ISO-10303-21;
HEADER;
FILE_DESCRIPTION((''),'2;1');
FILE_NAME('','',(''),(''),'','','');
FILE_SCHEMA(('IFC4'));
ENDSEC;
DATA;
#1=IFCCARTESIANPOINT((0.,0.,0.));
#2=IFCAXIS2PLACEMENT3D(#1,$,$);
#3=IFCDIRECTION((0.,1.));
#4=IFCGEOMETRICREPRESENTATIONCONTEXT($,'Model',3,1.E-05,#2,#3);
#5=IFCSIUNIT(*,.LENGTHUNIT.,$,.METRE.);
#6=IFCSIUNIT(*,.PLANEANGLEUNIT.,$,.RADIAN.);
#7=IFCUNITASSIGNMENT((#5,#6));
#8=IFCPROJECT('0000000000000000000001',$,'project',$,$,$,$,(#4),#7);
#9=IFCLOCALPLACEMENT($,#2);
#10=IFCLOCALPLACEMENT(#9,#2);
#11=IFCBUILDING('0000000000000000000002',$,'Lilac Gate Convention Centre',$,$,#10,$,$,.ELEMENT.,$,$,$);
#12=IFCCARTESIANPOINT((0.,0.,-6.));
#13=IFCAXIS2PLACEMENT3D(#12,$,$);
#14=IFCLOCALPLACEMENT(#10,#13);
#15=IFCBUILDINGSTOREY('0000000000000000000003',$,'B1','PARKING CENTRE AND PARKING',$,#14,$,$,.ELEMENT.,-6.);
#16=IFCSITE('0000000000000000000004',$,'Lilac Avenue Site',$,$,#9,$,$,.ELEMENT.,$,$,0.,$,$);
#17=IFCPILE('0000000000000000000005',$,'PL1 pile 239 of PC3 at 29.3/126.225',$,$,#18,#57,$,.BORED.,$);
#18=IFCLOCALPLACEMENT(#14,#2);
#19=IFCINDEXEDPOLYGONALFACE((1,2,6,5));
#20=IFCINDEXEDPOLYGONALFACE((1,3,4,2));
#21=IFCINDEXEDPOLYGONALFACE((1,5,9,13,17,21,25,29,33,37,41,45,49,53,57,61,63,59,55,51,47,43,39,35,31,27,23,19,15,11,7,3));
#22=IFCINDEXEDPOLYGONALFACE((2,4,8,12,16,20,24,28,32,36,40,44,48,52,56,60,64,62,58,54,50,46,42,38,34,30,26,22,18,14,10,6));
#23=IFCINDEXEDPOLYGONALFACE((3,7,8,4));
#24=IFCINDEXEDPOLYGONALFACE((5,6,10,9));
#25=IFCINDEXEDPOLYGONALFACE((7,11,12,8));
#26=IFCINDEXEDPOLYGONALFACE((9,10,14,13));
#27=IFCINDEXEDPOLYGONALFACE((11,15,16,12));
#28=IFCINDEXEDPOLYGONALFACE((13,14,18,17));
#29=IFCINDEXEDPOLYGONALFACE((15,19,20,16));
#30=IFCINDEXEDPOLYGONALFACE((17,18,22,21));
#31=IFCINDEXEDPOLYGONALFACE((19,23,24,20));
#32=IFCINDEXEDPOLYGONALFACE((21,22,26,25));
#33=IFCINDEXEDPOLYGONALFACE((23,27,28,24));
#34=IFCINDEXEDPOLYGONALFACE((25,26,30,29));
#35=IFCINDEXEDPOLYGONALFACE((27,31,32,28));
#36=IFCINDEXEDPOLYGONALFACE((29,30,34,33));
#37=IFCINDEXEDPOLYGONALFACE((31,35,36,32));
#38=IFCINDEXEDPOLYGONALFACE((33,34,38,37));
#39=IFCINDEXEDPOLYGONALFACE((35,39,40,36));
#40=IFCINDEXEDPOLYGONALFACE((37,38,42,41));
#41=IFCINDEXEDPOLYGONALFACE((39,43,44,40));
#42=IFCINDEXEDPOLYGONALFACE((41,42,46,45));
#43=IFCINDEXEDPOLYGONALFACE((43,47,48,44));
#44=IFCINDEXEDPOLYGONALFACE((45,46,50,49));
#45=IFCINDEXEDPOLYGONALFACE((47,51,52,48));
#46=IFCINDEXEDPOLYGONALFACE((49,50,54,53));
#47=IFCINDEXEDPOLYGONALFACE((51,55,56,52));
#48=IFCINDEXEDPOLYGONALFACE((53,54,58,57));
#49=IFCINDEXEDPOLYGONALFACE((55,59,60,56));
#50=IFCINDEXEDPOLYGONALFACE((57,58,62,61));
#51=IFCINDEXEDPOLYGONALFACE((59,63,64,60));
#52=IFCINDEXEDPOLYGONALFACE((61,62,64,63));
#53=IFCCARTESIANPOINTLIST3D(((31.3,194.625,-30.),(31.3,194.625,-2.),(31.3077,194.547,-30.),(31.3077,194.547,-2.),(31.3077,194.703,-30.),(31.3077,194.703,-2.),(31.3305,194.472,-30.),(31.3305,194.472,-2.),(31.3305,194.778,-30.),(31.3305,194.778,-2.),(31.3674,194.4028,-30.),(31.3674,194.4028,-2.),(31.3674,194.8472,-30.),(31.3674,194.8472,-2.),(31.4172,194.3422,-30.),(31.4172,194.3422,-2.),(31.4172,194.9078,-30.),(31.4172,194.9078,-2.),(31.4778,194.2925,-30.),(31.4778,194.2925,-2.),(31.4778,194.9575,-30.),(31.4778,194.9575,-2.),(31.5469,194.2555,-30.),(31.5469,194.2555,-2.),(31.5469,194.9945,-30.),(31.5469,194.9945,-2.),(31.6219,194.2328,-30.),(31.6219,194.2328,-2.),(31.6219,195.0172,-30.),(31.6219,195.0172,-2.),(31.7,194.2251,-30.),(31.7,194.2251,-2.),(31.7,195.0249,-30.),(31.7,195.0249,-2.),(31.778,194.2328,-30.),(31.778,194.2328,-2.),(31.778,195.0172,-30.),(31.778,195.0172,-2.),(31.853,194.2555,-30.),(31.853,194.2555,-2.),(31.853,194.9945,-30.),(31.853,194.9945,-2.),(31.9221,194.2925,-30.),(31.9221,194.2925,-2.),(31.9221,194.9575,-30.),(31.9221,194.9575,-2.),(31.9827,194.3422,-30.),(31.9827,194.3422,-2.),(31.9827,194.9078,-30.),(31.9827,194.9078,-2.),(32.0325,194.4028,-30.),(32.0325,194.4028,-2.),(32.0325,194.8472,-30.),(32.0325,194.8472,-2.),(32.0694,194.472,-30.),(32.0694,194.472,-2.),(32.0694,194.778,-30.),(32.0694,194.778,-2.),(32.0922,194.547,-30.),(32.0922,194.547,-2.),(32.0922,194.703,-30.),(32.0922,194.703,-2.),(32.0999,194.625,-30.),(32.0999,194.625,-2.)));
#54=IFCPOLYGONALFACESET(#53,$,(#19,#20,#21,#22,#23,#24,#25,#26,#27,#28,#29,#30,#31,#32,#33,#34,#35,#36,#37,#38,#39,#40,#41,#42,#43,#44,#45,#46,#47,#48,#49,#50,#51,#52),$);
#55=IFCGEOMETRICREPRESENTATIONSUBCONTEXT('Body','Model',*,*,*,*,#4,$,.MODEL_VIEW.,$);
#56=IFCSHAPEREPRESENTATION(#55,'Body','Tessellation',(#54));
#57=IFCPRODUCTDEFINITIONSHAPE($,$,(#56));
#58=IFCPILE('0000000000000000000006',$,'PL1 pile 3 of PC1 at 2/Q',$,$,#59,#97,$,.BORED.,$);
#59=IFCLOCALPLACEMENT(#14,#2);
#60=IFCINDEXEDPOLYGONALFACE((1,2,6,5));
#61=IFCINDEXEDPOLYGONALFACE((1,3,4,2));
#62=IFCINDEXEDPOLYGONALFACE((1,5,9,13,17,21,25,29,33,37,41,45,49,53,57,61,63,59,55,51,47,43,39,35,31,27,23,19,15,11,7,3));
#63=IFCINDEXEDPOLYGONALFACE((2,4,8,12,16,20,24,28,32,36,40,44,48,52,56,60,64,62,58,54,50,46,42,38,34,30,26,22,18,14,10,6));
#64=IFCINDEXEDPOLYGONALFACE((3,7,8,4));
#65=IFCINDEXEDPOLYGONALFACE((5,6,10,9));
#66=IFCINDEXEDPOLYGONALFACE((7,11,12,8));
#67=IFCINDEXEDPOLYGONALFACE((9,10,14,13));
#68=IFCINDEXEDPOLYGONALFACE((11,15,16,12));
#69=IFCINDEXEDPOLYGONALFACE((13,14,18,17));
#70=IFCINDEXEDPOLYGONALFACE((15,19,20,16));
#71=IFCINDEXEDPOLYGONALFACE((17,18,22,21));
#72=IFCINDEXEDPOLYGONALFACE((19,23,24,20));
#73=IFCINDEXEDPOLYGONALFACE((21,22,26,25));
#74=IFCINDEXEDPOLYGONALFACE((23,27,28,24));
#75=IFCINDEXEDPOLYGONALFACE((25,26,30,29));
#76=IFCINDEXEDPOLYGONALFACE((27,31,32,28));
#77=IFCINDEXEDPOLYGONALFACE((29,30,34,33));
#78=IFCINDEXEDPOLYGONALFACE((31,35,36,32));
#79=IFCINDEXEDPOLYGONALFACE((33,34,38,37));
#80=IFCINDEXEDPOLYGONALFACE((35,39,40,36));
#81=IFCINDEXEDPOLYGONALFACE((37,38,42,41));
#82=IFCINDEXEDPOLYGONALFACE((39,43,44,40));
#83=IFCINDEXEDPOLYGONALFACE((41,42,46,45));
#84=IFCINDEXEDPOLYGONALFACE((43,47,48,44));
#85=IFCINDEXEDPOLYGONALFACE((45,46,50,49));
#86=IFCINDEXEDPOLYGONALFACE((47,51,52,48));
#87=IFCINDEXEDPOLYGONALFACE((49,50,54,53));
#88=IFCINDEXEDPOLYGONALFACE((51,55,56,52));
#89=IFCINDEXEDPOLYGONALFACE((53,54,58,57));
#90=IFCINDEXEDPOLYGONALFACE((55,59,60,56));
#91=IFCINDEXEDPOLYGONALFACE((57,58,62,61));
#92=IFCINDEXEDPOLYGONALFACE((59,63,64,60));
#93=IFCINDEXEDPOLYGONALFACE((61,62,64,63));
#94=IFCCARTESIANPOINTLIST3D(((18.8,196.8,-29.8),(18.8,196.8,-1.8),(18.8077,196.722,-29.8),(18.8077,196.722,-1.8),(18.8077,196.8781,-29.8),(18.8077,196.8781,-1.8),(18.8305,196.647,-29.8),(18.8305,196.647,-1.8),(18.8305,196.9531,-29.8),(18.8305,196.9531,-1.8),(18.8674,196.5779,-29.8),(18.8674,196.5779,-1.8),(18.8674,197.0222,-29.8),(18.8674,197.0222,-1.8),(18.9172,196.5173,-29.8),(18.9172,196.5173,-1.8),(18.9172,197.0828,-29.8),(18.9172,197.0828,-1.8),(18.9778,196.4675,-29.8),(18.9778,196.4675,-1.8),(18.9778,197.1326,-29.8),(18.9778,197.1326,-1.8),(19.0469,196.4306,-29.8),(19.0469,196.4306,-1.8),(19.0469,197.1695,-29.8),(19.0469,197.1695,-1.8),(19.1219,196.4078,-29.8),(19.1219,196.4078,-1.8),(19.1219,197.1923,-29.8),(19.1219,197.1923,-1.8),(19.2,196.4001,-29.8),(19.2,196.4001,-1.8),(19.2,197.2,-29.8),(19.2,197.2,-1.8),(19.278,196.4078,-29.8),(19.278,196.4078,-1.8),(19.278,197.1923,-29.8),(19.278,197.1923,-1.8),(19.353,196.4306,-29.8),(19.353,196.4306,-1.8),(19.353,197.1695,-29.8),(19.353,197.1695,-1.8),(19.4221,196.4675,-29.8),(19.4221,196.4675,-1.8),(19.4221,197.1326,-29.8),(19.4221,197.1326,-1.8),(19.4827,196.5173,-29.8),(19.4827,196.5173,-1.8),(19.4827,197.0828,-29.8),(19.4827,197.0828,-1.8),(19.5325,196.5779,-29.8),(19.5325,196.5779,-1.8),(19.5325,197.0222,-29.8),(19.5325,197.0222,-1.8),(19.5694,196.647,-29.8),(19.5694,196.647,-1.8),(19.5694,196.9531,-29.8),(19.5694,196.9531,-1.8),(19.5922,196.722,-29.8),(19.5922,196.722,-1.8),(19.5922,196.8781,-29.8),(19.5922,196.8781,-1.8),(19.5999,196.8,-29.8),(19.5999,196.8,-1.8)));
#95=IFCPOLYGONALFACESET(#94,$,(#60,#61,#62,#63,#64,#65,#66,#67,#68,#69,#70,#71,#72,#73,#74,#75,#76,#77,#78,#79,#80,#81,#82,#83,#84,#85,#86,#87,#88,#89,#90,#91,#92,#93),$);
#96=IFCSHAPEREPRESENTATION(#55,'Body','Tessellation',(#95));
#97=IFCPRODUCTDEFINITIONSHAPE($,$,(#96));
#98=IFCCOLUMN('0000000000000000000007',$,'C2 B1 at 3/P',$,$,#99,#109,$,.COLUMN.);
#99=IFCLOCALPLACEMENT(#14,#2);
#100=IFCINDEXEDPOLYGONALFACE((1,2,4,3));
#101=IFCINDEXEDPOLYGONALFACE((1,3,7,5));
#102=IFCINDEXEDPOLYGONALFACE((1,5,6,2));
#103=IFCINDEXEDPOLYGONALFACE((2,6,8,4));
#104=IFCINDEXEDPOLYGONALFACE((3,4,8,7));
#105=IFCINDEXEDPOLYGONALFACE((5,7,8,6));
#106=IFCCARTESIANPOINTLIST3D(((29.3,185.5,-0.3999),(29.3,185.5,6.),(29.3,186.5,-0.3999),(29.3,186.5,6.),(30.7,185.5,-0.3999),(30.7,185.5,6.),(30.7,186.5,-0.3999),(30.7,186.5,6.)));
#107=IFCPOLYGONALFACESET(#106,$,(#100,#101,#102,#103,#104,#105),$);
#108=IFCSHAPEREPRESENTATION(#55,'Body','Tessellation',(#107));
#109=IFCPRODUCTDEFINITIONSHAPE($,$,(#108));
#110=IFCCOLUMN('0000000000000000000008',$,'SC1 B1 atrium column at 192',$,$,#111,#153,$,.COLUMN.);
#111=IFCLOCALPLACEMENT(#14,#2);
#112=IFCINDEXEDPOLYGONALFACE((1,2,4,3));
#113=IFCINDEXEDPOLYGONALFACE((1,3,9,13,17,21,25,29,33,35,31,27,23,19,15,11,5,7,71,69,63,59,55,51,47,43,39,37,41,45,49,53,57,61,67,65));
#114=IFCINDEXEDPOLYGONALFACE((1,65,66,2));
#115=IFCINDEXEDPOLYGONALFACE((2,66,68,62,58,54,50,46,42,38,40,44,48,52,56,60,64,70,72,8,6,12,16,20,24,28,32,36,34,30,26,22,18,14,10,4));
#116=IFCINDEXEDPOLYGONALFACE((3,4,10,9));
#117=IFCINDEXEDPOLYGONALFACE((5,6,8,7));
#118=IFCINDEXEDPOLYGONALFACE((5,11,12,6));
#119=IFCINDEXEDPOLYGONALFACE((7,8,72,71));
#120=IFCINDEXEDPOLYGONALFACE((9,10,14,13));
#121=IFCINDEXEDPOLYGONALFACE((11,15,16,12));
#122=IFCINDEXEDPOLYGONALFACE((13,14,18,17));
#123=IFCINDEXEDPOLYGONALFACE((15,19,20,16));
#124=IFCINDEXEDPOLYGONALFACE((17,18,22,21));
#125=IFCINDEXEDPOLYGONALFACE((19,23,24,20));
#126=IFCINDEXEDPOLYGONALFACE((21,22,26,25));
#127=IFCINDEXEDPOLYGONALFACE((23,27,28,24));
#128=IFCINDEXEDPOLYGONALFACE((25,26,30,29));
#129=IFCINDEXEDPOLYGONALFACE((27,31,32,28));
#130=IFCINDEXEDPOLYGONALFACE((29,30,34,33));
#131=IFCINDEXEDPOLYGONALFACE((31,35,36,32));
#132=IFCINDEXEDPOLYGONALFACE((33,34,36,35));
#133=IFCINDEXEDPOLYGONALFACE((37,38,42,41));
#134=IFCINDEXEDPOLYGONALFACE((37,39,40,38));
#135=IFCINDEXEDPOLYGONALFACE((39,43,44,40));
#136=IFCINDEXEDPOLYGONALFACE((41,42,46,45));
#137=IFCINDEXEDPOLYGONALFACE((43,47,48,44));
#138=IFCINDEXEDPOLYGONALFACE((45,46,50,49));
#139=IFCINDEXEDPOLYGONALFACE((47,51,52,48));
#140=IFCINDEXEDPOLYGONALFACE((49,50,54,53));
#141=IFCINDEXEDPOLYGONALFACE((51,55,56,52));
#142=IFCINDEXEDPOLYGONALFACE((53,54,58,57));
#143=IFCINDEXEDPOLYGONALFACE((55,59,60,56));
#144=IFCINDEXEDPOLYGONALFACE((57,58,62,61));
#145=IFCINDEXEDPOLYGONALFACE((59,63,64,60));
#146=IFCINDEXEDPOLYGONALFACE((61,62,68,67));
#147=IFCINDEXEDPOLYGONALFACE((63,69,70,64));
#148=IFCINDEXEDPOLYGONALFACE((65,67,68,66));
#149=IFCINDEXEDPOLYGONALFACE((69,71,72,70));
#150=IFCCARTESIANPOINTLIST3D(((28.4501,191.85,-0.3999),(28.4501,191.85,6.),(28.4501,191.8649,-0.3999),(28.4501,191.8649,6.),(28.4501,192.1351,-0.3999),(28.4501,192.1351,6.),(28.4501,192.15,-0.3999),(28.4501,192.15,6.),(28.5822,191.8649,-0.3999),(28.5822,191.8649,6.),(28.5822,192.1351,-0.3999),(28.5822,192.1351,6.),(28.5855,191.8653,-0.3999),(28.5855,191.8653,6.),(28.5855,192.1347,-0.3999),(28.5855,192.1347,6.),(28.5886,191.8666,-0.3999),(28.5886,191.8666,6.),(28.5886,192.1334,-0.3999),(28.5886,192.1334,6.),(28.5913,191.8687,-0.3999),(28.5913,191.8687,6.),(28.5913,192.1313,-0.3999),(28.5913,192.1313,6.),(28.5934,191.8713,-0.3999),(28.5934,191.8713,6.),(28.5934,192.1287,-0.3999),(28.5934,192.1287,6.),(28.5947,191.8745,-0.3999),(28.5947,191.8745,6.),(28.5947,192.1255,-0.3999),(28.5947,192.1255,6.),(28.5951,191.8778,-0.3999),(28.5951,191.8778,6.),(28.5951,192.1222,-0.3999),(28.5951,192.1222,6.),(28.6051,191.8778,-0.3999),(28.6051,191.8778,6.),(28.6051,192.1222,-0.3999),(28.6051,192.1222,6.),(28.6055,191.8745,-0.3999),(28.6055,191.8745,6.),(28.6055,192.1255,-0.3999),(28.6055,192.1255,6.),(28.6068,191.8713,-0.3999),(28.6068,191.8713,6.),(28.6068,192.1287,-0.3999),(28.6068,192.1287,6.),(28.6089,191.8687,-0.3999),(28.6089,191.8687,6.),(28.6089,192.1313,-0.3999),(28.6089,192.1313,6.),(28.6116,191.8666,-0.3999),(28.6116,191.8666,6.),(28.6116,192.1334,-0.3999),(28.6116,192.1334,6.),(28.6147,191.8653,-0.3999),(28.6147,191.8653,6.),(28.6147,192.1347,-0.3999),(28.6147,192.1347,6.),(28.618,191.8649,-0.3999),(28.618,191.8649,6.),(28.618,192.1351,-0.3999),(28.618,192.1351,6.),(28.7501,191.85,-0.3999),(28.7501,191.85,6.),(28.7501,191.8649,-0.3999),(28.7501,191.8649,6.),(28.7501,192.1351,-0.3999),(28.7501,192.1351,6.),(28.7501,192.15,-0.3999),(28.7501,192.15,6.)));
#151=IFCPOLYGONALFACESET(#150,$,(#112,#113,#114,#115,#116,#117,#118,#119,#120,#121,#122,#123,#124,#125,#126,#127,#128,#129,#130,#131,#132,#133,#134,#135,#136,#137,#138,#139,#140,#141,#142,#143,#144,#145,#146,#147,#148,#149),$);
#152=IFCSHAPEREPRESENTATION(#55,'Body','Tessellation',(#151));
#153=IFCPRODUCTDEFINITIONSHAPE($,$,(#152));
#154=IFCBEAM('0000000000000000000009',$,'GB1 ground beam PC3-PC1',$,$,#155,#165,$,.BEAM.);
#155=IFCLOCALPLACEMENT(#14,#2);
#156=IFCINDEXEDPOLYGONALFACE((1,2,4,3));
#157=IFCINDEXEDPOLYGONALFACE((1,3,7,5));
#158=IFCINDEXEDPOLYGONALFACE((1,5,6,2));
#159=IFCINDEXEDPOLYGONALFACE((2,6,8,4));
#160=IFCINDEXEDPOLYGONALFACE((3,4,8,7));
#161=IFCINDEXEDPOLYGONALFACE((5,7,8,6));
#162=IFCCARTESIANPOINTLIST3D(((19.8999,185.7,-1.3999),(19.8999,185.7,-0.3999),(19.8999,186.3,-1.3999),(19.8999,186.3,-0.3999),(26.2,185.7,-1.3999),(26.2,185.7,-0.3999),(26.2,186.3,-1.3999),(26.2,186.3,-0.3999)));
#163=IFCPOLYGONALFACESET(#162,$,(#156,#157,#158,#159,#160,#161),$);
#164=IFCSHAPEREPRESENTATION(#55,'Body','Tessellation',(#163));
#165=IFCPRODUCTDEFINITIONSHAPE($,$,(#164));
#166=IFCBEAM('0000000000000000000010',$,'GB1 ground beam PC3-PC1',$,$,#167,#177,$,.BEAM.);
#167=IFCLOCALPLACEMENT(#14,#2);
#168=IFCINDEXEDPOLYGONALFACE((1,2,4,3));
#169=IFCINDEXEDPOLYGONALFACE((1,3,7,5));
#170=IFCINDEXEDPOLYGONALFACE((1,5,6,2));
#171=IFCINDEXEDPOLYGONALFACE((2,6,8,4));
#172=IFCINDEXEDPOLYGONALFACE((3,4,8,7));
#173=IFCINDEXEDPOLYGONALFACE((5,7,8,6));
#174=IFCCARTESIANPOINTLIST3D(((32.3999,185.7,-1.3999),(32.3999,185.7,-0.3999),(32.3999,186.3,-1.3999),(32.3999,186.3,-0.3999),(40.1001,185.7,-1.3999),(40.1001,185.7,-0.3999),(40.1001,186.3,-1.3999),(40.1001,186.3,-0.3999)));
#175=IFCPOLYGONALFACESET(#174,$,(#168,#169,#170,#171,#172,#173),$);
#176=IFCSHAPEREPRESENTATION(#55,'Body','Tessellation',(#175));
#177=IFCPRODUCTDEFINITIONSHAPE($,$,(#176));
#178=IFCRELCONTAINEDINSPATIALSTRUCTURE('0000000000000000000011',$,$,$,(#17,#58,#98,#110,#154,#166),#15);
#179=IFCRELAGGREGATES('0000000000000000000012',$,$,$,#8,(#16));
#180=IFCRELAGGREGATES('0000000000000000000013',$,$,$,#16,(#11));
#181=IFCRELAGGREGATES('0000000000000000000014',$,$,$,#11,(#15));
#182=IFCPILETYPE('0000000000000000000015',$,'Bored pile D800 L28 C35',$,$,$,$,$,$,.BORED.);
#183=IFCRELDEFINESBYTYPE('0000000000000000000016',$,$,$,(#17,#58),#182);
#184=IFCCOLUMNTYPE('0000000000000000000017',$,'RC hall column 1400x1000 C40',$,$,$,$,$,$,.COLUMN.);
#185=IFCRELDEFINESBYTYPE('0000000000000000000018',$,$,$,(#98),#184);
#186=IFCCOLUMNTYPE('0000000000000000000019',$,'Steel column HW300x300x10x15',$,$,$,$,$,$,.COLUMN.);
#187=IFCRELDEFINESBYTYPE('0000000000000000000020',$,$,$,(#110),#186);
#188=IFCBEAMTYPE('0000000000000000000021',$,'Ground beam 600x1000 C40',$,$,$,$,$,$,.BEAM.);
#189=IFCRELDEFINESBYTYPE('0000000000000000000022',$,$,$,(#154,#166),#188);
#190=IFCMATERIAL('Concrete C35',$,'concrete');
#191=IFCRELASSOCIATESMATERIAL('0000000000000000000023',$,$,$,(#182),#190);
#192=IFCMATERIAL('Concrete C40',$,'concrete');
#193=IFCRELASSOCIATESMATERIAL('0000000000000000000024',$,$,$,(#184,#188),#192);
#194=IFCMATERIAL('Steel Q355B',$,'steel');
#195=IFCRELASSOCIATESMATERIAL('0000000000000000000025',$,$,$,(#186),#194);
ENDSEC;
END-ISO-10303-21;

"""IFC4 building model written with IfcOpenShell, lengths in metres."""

from ifc_helpers import new_model, si_unit, direction, frame, origin, origin_2d, place, context, subcontext, project, spatial, rectangle, circle, i_section, extrude, material, material_profile, profile_set, type_object, element, save


model = new_model("IFC4")

# Units and contexts
model_context = context("Model", 3, precision=1e-05, world=origin(), true_north=direction((0.0, 1.0)))
body_context = subcontext(model_context, "Body", "Model", "MODEL_VIEW")
ifc_project = project(units=[si_unit("LENGTHUNIT", "METRE"), si_unit("PLANEANGLEUNIT", "RADIAN")], contexts=[model_context])

# Site, building, storey
site_placement = place(None, origin())
site = spatial("IfcSite", under=ifc_project, at=site_placement, Name="Lilac Avenue Site", CompositionType="ELEMENT", RefElevation=0.0)
building_placement = place(site_placement, origin())
building = spatial("IfcBuilding", under=site, at=building_placement, Name="Lilac Gate Convention Centre", CompositionType="ELEMENT")
storey_placement = place(building_placement, frame((0.0, 0.0, -6.0)))
storey = spatial("IfcBuildingStorey", under=building, at=storey_placement, Name="B1", Description="PARKING CENTRE AND PARKING", CompositionType="ELEMENT", Elevation=-6.0)

# Piles
ifc_material_1 = material(Name="Concrete C35", Category="concrete")
ifc_material_profile_1 = material_profile(ifc_material_1, circle(Radius=0.3999, at=origin_2d()), Name="D800")
ifc_profile_set_1 = profile_set([ifc_material_profile_1], Name="Concrete C35")
pile_type = type_object("IfcPileType", Name="Bored pile D800 L28 C35", PredefinedType="BORED", material=ifc_profile_set_1)
for number, where, z_axis, x_axis, name in (
    (1, (31.7, 194.625, -2.0), (0.0, 0.0, -1.0), (1.0, 0.0, 0.0), "PL1 pile 239 of PC3 at 29.3/126.225"),
    (2, (19.2, 196.8, -1.8), (0.0, 0.0, -1.0), (1.0, 0.0, 0.0), "PL1 pile 3 of PC1 at 2/Q"),
):
    element("IfcPile", number, at=place(storey_placement, frame(where, z_axis=z_axis, x_axis=x_axis)), inside=storey, type_object=pile_type, Name=name, PredefinedType="BORED", context=body_context, shape_type="SweptSolid", body=[
        extrude(circle(Radius=0.3999, at=origin_2d()), origin(), (0.0, 0.0, 1.0), 28.0),
    ])

# Columns
ifc_material_2 = material(Name="Concrete C40", Category="concrete")
ifc_material_profile_2 = material_profile(ifc_material_2, rectangle(XDim=1.3999, YDim=1.0, at=origin_2d()), Name="RC 1400x1000")
ifc_profile_set_2 = profile_set([ifc_material_profile_2], Name="Concrete C40")
column_type_1 = type_object("IfcColumnType", Name="RC hall column 1400x1000 C40", PredefinedType="COLUMN", material=ifc_profile_set_2)
column_1_placement = place(storey_placement, frame((30.0, 186.0, -0.3999), z_axis=(0.0, 0.0, 1.0), x_axis=(1.0, 0.0, 0.0)))
element("IfcColumn", 3, at=column_1_placement, inside=storey, type_object=column_type_1, Name="C2 B1 at 3/P", PredefinedType="COLUMN", context=body_context, shape_type="SweptSolid", body=[
    extrude(rectangle(XDim=1.3999, YDim=1.0, at=origin_2d()), origin(), (0.0, 0.0, 1.0), 6.3999),
])
ifc_material_3 = material(Name="Steel Q355B", Category="steel")
ifc_material_profile_3 = material_profile(ifc_material_3, i_section(OverallWidth=0.3, OverallDepth=0.3, WebThickness=0.01, FlangeThickness=0.0149, FilletRadius=0.0129, at=origin_2d()), Name="HW300x300x10x15")
ifc_profile_set_3 = profile_set([ifc_material_profile_3], Name="Steel Q355B")
column_type_2 = type_object("IfcColumnType", Name="Steel column HW300x300x10x15", PredefinedType="COLUMN", material=ifc_profile_set_3)
column_2_placement = place(storey_placement, frame((28.6001, 192.0, -0.3999), z_axis=(0.0, 0.0, 1.0), x_axis=(1.0, 0.0, 0.0)))
element("IfcColumn", 4, at=column_2_placement, inside=storey, type_object=column_type_2, Name="SC1 B1 atrium column at 192", PredefinedType="COLUMN", context=body_context, shape_type="SweptSolid", body=[
    extrude(i_section(OverallWidth=0.3, OverallDepth=0.3, WebThickness=0.01, FlangeThickness=0.0149, FilletRadius=0.0129, at=origin_2d()), origin(), (0.0, 0.0, 1.0), 6.3999),
])

# Beams
ifc_material_profile_4 = material_profile(ifc_material_2, rectangle(XDim=0.6001, YDim=1.0, at=origin_2d()), Name="RC 600x1000")
ifc_profile_set_4 = profile_set([ifc_material_profile_4], Name="Concrete C40")
beam_type = type_object("IfcBeamType", Name="Ground beam 600x1000 C40", PredefinedType="BEAM", material=ifc_profile_set_4)
beam_1_placement = place(storey_placement, frame((19.8999, 186.0, -0.8999), z_axis=(1.0, 0.0, 0.0), x_axis=(0.0, 1.0, 0.0)))
element("IfcBeam", 5, at=beam_1_placement, inside=storey, type_object=beam_type, Name="GB1 ground beam PC3-PC1", PredefinedType="BEAM", context=body_context, shape_type="SweptSolid", body=[
    extrude(rectangle(XDim=0.6001, YDim=1.0, at=origin_2d()), origin(), (0.0, 0.0, 1.0), 6.3),
])
beam_2_placement = place(storey_placement, frame((32.3999, 186.0, -0.8999), z_axis=(1.0, 0.0, 0.0), x_axis=(0.0, 1.0, 0.0)))
element("IfcBeam", 6, at=beam_2_placement, inside=storey, type_object=beam_type, Name="GB1 ground beam PC3-PC1", PredefinedType="BEAM", context=body_context, shape_type="SweptSolid", body=[
    extrude(rectangle(XDim=0.6001, YDim=1.0, at=origin_2d()), origin(), (0.0, 0.0, 1.0), 7.7002),
])

save(model, "model.ifc")
